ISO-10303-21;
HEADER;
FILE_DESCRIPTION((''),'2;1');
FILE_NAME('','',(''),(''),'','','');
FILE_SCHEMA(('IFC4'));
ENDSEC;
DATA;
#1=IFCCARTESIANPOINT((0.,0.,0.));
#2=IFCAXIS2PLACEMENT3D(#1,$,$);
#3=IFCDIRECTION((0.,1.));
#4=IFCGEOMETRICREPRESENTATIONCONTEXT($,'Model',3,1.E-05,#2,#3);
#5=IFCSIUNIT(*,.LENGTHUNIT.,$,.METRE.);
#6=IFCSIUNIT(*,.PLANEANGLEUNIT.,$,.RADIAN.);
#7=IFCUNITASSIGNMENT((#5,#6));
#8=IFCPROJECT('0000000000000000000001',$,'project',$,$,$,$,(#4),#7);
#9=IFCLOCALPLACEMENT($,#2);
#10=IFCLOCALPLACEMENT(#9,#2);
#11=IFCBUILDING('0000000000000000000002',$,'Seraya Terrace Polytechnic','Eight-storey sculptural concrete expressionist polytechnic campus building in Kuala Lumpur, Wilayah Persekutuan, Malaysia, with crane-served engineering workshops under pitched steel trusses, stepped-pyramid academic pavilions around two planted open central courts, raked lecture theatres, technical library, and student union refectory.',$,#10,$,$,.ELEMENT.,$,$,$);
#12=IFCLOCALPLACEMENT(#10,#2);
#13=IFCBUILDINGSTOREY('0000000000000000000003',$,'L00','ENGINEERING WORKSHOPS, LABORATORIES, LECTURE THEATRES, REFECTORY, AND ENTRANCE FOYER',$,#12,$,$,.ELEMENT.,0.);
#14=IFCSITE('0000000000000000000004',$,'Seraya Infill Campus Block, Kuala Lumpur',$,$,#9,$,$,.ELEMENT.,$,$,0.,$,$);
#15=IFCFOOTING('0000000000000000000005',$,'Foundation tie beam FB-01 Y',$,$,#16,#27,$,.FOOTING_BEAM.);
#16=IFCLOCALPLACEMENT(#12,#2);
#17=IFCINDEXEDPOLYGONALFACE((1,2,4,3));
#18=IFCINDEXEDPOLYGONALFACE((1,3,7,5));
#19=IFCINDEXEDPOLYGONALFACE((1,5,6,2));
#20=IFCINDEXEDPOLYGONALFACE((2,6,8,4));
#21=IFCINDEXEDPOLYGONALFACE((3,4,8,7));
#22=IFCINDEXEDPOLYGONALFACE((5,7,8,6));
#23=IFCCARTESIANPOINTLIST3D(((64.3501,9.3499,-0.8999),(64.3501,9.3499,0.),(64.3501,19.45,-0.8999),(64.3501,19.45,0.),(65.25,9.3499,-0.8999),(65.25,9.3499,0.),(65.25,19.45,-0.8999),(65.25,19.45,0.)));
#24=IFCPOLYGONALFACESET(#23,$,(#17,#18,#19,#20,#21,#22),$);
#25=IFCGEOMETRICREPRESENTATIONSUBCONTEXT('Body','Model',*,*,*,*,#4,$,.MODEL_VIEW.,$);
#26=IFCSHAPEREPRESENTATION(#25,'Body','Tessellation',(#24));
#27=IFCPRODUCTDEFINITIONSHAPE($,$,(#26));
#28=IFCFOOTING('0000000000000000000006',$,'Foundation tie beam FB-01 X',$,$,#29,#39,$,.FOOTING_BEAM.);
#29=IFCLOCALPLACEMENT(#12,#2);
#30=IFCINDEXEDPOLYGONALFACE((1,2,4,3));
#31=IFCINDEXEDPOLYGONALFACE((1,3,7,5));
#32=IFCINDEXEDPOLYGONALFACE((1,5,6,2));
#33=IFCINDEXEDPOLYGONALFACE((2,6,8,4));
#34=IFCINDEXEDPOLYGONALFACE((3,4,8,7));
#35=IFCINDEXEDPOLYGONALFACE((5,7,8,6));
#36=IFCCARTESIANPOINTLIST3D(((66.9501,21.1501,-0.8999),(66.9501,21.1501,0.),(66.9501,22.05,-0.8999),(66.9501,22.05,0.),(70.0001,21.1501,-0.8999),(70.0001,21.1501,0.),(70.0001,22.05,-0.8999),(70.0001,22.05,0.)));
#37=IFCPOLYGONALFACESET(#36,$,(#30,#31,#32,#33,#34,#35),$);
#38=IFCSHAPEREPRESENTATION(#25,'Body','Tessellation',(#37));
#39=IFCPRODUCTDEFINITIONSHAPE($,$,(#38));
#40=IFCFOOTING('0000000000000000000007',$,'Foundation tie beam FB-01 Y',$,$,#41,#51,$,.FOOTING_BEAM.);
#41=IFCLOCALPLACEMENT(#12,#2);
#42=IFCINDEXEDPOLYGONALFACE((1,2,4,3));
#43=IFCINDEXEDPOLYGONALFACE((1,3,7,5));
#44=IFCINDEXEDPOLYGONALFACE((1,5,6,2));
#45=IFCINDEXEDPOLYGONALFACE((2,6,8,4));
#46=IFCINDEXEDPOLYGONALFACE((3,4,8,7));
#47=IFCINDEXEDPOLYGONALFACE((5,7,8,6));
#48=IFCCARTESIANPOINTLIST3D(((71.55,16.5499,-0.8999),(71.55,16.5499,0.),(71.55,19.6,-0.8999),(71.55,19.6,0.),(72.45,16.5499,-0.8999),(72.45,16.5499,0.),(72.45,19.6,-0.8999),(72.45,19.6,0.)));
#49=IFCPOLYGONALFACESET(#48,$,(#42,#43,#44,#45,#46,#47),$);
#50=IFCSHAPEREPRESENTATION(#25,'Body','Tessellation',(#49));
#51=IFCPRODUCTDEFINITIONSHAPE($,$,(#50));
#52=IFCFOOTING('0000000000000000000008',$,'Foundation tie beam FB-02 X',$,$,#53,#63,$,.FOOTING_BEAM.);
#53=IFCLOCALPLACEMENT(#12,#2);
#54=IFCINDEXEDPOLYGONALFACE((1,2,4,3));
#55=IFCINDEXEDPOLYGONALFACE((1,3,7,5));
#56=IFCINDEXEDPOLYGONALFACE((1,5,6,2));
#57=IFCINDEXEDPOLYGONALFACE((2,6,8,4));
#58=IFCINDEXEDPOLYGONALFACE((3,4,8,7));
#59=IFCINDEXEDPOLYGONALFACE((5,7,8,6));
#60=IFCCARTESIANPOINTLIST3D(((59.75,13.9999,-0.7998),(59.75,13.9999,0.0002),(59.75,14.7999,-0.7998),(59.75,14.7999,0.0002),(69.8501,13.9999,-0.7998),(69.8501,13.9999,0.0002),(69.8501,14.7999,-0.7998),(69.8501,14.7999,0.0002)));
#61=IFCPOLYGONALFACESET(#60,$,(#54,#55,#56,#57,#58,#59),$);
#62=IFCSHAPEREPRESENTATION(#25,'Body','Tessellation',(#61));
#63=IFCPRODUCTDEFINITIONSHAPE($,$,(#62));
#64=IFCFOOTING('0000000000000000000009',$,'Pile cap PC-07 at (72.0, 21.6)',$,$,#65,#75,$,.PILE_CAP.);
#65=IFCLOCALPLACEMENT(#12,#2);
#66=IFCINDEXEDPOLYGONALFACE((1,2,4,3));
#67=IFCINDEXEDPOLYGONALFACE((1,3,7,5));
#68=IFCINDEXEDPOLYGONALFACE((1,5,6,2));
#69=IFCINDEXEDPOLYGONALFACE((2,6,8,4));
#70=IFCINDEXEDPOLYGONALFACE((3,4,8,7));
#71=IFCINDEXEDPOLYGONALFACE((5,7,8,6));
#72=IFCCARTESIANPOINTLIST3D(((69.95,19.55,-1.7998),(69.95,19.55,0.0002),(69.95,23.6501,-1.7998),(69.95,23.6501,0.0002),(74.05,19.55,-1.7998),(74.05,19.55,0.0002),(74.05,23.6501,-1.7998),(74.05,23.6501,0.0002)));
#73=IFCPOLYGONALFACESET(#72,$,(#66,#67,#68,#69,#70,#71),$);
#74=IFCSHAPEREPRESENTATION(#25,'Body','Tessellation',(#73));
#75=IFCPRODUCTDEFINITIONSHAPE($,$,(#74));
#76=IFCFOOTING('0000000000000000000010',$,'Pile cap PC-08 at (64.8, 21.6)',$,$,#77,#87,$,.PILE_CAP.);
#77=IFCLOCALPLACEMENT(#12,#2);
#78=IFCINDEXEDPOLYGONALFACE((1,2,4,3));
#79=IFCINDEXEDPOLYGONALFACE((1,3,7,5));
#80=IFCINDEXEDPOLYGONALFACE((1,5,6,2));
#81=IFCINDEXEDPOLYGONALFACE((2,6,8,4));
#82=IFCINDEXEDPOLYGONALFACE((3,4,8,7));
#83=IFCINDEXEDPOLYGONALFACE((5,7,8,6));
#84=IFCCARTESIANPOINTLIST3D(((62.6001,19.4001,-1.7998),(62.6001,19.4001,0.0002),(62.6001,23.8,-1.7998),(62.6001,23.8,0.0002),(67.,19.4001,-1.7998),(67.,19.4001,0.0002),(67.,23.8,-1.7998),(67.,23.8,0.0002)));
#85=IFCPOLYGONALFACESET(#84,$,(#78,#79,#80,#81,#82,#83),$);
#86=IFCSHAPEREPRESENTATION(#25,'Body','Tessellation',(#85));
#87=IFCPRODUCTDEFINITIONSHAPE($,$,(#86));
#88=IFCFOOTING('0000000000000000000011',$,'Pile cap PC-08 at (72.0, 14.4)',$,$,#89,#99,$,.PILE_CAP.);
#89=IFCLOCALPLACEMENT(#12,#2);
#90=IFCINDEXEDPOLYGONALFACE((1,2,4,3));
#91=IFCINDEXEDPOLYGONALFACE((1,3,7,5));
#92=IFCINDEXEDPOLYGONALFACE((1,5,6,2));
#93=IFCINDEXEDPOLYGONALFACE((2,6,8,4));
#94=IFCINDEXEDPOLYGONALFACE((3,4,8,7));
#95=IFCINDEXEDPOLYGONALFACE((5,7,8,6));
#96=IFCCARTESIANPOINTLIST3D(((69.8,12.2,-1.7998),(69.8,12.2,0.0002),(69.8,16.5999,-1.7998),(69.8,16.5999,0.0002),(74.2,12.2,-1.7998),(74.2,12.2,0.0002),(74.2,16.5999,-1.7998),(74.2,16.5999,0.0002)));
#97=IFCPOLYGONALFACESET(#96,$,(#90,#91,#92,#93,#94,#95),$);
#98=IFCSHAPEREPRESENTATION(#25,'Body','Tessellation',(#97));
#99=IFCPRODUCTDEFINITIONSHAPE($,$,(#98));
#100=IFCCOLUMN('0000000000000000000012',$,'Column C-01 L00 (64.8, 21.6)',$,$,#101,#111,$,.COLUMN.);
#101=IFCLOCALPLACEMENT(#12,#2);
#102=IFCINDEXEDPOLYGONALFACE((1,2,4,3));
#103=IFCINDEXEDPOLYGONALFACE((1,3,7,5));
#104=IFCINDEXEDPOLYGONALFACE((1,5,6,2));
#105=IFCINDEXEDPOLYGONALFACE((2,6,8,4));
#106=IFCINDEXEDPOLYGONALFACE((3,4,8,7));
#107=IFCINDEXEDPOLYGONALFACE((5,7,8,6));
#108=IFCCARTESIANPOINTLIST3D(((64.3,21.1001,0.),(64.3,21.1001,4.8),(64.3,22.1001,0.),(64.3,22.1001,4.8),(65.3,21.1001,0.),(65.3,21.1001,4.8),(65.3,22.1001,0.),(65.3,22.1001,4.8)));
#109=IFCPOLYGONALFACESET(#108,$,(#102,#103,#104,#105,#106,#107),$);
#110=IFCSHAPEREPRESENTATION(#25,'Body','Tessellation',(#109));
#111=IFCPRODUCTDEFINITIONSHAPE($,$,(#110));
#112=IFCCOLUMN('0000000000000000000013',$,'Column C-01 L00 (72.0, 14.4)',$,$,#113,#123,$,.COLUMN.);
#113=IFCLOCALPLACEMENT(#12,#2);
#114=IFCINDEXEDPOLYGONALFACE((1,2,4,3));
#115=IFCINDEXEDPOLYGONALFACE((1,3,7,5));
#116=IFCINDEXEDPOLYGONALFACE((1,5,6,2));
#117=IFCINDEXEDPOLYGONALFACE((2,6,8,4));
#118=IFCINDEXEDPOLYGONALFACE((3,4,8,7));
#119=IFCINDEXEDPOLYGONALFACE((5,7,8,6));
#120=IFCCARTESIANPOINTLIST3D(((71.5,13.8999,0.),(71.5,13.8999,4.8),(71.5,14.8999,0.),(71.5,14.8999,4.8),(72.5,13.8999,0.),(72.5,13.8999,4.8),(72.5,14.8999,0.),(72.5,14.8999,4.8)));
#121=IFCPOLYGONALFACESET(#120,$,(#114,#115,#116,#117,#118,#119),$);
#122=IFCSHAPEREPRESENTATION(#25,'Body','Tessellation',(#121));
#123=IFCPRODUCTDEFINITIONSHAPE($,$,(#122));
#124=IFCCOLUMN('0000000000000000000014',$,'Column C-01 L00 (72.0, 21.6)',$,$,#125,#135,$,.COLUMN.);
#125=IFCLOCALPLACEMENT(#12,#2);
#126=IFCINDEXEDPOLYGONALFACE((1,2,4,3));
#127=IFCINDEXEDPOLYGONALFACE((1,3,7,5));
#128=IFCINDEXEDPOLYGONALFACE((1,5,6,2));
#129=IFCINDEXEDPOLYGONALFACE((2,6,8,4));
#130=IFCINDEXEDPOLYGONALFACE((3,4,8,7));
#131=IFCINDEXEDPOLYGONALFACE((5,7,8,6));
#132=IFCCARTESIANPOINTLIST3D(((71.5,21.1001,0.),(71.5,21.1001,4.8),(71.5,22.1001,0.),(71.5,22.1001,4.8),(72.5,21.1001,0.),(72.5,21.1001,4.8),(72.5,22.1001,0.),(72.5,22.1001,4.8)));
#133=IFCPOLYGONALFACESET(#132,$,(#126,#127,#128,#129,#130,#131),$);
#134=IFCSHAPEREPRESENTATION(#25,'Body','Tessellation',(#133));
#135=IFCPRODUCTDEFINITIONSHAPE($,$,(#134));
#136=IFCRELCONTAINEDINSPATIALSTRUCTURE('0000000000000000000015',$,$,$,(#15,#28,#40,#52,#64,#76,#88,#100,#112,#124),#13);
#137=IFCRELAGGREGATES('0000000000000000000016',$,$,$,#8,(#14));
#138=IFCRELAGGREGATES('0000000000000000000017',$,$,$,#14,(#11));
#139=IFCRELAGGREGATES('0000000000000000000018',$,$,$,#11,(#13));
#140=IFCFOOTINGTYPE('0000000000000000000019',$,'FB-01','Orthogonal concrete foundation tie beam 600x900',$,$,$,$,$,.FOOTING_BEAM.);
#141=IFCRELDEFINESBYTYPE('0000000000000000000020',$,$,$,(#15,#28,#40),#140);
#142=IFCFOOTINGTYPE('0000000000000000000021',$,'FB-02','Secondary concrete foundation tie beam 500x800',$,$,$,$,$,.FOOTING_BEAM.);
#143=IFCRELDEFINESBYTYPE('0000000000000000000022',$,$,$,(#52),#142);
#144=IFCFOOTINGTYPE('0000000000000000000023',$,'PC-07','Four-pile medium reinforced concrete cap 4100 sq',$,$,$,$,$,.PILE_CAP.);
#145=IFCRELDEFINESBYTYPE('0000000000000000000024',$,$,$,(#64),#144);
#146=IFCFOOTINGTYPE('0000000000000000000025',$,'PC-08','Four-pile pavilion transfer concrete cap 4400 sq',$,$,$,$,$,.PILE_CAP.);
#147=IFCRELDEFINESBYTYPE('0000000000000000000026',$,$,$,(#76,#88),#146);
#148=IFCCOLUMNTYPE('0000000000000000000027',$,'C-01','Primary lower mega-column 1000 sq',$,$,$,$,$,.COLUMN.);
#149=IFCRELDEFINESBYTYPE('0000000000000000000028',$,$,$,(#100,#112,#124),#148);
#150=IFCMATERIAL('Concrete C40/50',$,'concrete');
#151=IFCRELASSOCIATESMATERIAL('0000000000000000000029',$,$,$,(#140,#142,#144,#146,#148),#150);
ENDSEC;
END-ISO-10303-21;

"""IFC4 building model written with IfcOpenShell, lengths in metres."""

from ifc_helpers import new_model, si_unit, direction, frame, origin, origin_2d, place, context, subcontext, project, spatial, rectangle, extrude, material, material_profile, profile_set, type_object, element, save


model = new_model("IFC4")

# Units and contexts
model_context = context("Model", 3, precision=1e-05, world=origin(), true_north=direction((0.0, 1.0)))
body_context = subcontext(model_context, "Body", "Model", "MODEL_VIEW")
ifc_project = project(units=[si_unit("LENGTHUNIT", "METRE"), si_unit("PLANEANGLEUNIT", "RADIAN")], contexts=[model_context])

# Site, building, storey
site_placement = place(None, origin())
site = spatial("IfcSite", under=ifc_project, at=site_placement, Name="Seraya Infill Campus Block, Kuala Lumpur", CompositionType="ELEMENT", RefElevation=0.0)
building_placement = place(site_placement, origin())
building = spatial("IfcBuilding", under=site, at=building_placement, Name="Seraya Terrace Polytechnic", Description="Eight-storey sculptural concrete expressionist polytechnic campus building in Kuala Lumpur, Wilayah Persekutuan, Malaysia, with crane-served engineering workshops under pitched steel trusses, stepped-pyramid academic pavilions around two planted open central courts, raked lecture theatres, technical library, and student union refectory.", CompositionType="ELEMENT")
storey_placement = place(building_placement, origin())
storey = spatial("IfcBuildingStorey", under=building, at=storey_placement, Name="L00", Description="ENGINEERING WORKSHOPS, LABORATORIES, LECTURE THEATRES, REFECTORY, AND ENTRANCE FOYER", CompositionType="ELEMENT", Elevation=0.0)

# Shared definitions
ifc_material_1 = material(Name="Concrete C40/50", Category="concrete")

# Footings
footing_type_1 = type_object("IfcFootingType", Name="FB-01", Description="Orthogonal concrete foundation tie beam 600x900", PredefinedType="FOOTING_BEAM", material=ifc_material_1)
footing_1_placement = place(storey_placement, frame((64.8, 14.3999, -0.8999), z_axis=(0.0, 0.0, 1.0), x_axis=(0.0, 1.0, 0.0)))
element("IfcFooting", 1, at=footing_1_placement, inside=storey, type_object=footing_type_1, Name="Foundation tie beam FB-01 Y", PredefinedType="FOOTING_BEAM", context=body_context, shape_type="SweptSolid", body=[
    extrude(rectangle(XDim=10.1001, YDim=0.8999, at=origin_2d()), origin(), (0.0, 0.0, 1.0), 0.8999),
])
for number, where, z_axis, x_axis, name in (
    (2, (68.4751, 21.6001, -0.8999), (0.0, 0.0, 1.0), (1.0, 0.0, 0.0), "Foundation tie beam FB-01 X"),
    (3, (72.0, 18.075, -0.8999), (0.0, 0.0, 1.0), (0.0, 1.0, 0.0), "Foundation tie beam FB-01 Y"),
):
    element("IfcFooting", number, at=place(storey_placement, frame(where, z_axis=z_axis, x_axis=x_axis)), inside=storey, type_object=footing_type_1, Name=name, PredefinedType="FOOTING_BEAM", context=body_context, shape_type="SweptSolid", body=[
        extrude(rectangle(XDim=3.05, YDim=0.8999, at=origin_2d()), origin(), (0.0, 0.0, 1.0), 0.8999),
    ])
footing_type_2 = type_object("IfcFootingType", Name="FB-02", Description="Secondary concrete foundation tie beam 500x800", PredefinedType="FOOTING_BEAM", material=ifc_material_1)
footing_2_placement = place(storey_placement, frame((64.8, 14.3999, -0.7998), z_axis=(0.0, 0.0, 1.0), x_axis=(1.0, 0.0, 0.0)))
element("IfcFooting", 4, at=footing_2_placement, inside=storey, type_object=footing_type_2, Name="Foundation tie beam FB-02 X", PredefinedType="FOOTING_BEAM", context=body_context, shape_type="SweptSolid", body=[
    extrude(rectangle(XDim=10.1001, YDim=0.8, at=origin_2d()), origin(), (0.0, 0.0, 1.0), 0.8),
])
footing_type_3 = type_object("IfcFootingType", Name="PC-07", Description="Four-pile medium reinforced concrete cap 4100 sq", PredefinedType="PILE_CAP", material=ifc_material_1)
footing_3_placement = place(storey_placement, frame((72.0, 21.6001, -1.7998), z_axis=(0.0, 0.0, 1.0), x_axis=(1.0, 0.0, 0.0)))
element("IfcFooting", 5, at=footing_3_placement, inside=storey, type_object=footing_type_3, Name="Pile cap PC-07 at (72.0, 21.6)", PredefinedType="PILE_CAP", context=body_context, shape_type="SweptSolid", body=[
    extrude(rectangle(XDim=4.1001, YDim=4.1001, at=origin_2d()), origin(), (0.0, 0.0, 1.0), 1.8),
])
footing_type_4 = type_object("IfcFootingType", Name="PC-08", Description="Four-pile pavilion transfer concrete cap 4400 sq", PredefinedType="PILE_CAP", material=ifc_material_1)
for number, where, z_axis, x_axis, name in (
    (6, (64.8, 21.6001, -1.7998), (0.0, 0.0, 1.0), (1.0, 0.0, 0.0), "Pile cap PC-08 at (64.8, 21.6)"),
    (7, (72.0, 14.3999, -1.7998), (0.0, 0.0, 1.0), (1.0, 0.0, 0.0), "Pile cap PC-08 at (72.0, 14.4)"),
):
    element("IfcFooting", number, at=place(storey_placement, frame(where, z_axis=z_axis, x_axis=x_axis)), inside=storey, type_object=footing_type_4, Name=name, PredefinedType="PILE_CAP", context=body_context, shape_type="SweptSolid", body=[
        extrude(rectangle(XDim=4.3999, YDim=4.3999, at=origin_2d()), origin(), (0.0, 0.0, 1.0), 1.8),
    ])

# Columns
ifc_material_profile_1 = material_profile(ifc_material_1, rectangle(XDim=1.0, YDim=1.0, at=origin_2d()), Name="RC 1000x1000")
ifc_profile_set_1 = profile_set([ifc_material_profile_1], Name="Concrete C40/50")
column_type = type_object("IfcColumnType", Name="C-01", Description="Primary lower mega-column 1000 sq", PredefinedType="COLUMN", material=ifc_profile_set_1)
for number, where, z_axis, x_axis, name in (
    (8, (64.8, 21.6001, 0.0), (0.0, 0.0, 1.0), (1.0, 0.0, 0.0), "Column C-01 L00 (64.8, 21.6)"),
    (9, (72.0, 14.3999, 0.0), (0.0, 0.0, 1.0), (1.0, 0.0, 0.0), "Column C-01 L00 (72.0, 14.4)"),
    (10, (72.0, 21.6001, 0.0), (0.0, 0.0, 1.0), (1.0, 0.0, 0.0), "Column C-01 L00 (72.0, 21.6)"),
):
    element("IfcColumn", number, at=place(storey_placement, frame(where, z_axis=z_axis, x_axis=x_axis)), inside=storey, type_object=column_type, Name=name, PredefinedType="COLUMN", context=body_context, shape_type="SweptSolid", body=[
        extrude(rectangle(XDim=1.0, YDim=1.0, at=origin_2d()), origin(), (0.0, 0.0, 1.0), 4.8),
    ])

save(model, "model.ifc")
